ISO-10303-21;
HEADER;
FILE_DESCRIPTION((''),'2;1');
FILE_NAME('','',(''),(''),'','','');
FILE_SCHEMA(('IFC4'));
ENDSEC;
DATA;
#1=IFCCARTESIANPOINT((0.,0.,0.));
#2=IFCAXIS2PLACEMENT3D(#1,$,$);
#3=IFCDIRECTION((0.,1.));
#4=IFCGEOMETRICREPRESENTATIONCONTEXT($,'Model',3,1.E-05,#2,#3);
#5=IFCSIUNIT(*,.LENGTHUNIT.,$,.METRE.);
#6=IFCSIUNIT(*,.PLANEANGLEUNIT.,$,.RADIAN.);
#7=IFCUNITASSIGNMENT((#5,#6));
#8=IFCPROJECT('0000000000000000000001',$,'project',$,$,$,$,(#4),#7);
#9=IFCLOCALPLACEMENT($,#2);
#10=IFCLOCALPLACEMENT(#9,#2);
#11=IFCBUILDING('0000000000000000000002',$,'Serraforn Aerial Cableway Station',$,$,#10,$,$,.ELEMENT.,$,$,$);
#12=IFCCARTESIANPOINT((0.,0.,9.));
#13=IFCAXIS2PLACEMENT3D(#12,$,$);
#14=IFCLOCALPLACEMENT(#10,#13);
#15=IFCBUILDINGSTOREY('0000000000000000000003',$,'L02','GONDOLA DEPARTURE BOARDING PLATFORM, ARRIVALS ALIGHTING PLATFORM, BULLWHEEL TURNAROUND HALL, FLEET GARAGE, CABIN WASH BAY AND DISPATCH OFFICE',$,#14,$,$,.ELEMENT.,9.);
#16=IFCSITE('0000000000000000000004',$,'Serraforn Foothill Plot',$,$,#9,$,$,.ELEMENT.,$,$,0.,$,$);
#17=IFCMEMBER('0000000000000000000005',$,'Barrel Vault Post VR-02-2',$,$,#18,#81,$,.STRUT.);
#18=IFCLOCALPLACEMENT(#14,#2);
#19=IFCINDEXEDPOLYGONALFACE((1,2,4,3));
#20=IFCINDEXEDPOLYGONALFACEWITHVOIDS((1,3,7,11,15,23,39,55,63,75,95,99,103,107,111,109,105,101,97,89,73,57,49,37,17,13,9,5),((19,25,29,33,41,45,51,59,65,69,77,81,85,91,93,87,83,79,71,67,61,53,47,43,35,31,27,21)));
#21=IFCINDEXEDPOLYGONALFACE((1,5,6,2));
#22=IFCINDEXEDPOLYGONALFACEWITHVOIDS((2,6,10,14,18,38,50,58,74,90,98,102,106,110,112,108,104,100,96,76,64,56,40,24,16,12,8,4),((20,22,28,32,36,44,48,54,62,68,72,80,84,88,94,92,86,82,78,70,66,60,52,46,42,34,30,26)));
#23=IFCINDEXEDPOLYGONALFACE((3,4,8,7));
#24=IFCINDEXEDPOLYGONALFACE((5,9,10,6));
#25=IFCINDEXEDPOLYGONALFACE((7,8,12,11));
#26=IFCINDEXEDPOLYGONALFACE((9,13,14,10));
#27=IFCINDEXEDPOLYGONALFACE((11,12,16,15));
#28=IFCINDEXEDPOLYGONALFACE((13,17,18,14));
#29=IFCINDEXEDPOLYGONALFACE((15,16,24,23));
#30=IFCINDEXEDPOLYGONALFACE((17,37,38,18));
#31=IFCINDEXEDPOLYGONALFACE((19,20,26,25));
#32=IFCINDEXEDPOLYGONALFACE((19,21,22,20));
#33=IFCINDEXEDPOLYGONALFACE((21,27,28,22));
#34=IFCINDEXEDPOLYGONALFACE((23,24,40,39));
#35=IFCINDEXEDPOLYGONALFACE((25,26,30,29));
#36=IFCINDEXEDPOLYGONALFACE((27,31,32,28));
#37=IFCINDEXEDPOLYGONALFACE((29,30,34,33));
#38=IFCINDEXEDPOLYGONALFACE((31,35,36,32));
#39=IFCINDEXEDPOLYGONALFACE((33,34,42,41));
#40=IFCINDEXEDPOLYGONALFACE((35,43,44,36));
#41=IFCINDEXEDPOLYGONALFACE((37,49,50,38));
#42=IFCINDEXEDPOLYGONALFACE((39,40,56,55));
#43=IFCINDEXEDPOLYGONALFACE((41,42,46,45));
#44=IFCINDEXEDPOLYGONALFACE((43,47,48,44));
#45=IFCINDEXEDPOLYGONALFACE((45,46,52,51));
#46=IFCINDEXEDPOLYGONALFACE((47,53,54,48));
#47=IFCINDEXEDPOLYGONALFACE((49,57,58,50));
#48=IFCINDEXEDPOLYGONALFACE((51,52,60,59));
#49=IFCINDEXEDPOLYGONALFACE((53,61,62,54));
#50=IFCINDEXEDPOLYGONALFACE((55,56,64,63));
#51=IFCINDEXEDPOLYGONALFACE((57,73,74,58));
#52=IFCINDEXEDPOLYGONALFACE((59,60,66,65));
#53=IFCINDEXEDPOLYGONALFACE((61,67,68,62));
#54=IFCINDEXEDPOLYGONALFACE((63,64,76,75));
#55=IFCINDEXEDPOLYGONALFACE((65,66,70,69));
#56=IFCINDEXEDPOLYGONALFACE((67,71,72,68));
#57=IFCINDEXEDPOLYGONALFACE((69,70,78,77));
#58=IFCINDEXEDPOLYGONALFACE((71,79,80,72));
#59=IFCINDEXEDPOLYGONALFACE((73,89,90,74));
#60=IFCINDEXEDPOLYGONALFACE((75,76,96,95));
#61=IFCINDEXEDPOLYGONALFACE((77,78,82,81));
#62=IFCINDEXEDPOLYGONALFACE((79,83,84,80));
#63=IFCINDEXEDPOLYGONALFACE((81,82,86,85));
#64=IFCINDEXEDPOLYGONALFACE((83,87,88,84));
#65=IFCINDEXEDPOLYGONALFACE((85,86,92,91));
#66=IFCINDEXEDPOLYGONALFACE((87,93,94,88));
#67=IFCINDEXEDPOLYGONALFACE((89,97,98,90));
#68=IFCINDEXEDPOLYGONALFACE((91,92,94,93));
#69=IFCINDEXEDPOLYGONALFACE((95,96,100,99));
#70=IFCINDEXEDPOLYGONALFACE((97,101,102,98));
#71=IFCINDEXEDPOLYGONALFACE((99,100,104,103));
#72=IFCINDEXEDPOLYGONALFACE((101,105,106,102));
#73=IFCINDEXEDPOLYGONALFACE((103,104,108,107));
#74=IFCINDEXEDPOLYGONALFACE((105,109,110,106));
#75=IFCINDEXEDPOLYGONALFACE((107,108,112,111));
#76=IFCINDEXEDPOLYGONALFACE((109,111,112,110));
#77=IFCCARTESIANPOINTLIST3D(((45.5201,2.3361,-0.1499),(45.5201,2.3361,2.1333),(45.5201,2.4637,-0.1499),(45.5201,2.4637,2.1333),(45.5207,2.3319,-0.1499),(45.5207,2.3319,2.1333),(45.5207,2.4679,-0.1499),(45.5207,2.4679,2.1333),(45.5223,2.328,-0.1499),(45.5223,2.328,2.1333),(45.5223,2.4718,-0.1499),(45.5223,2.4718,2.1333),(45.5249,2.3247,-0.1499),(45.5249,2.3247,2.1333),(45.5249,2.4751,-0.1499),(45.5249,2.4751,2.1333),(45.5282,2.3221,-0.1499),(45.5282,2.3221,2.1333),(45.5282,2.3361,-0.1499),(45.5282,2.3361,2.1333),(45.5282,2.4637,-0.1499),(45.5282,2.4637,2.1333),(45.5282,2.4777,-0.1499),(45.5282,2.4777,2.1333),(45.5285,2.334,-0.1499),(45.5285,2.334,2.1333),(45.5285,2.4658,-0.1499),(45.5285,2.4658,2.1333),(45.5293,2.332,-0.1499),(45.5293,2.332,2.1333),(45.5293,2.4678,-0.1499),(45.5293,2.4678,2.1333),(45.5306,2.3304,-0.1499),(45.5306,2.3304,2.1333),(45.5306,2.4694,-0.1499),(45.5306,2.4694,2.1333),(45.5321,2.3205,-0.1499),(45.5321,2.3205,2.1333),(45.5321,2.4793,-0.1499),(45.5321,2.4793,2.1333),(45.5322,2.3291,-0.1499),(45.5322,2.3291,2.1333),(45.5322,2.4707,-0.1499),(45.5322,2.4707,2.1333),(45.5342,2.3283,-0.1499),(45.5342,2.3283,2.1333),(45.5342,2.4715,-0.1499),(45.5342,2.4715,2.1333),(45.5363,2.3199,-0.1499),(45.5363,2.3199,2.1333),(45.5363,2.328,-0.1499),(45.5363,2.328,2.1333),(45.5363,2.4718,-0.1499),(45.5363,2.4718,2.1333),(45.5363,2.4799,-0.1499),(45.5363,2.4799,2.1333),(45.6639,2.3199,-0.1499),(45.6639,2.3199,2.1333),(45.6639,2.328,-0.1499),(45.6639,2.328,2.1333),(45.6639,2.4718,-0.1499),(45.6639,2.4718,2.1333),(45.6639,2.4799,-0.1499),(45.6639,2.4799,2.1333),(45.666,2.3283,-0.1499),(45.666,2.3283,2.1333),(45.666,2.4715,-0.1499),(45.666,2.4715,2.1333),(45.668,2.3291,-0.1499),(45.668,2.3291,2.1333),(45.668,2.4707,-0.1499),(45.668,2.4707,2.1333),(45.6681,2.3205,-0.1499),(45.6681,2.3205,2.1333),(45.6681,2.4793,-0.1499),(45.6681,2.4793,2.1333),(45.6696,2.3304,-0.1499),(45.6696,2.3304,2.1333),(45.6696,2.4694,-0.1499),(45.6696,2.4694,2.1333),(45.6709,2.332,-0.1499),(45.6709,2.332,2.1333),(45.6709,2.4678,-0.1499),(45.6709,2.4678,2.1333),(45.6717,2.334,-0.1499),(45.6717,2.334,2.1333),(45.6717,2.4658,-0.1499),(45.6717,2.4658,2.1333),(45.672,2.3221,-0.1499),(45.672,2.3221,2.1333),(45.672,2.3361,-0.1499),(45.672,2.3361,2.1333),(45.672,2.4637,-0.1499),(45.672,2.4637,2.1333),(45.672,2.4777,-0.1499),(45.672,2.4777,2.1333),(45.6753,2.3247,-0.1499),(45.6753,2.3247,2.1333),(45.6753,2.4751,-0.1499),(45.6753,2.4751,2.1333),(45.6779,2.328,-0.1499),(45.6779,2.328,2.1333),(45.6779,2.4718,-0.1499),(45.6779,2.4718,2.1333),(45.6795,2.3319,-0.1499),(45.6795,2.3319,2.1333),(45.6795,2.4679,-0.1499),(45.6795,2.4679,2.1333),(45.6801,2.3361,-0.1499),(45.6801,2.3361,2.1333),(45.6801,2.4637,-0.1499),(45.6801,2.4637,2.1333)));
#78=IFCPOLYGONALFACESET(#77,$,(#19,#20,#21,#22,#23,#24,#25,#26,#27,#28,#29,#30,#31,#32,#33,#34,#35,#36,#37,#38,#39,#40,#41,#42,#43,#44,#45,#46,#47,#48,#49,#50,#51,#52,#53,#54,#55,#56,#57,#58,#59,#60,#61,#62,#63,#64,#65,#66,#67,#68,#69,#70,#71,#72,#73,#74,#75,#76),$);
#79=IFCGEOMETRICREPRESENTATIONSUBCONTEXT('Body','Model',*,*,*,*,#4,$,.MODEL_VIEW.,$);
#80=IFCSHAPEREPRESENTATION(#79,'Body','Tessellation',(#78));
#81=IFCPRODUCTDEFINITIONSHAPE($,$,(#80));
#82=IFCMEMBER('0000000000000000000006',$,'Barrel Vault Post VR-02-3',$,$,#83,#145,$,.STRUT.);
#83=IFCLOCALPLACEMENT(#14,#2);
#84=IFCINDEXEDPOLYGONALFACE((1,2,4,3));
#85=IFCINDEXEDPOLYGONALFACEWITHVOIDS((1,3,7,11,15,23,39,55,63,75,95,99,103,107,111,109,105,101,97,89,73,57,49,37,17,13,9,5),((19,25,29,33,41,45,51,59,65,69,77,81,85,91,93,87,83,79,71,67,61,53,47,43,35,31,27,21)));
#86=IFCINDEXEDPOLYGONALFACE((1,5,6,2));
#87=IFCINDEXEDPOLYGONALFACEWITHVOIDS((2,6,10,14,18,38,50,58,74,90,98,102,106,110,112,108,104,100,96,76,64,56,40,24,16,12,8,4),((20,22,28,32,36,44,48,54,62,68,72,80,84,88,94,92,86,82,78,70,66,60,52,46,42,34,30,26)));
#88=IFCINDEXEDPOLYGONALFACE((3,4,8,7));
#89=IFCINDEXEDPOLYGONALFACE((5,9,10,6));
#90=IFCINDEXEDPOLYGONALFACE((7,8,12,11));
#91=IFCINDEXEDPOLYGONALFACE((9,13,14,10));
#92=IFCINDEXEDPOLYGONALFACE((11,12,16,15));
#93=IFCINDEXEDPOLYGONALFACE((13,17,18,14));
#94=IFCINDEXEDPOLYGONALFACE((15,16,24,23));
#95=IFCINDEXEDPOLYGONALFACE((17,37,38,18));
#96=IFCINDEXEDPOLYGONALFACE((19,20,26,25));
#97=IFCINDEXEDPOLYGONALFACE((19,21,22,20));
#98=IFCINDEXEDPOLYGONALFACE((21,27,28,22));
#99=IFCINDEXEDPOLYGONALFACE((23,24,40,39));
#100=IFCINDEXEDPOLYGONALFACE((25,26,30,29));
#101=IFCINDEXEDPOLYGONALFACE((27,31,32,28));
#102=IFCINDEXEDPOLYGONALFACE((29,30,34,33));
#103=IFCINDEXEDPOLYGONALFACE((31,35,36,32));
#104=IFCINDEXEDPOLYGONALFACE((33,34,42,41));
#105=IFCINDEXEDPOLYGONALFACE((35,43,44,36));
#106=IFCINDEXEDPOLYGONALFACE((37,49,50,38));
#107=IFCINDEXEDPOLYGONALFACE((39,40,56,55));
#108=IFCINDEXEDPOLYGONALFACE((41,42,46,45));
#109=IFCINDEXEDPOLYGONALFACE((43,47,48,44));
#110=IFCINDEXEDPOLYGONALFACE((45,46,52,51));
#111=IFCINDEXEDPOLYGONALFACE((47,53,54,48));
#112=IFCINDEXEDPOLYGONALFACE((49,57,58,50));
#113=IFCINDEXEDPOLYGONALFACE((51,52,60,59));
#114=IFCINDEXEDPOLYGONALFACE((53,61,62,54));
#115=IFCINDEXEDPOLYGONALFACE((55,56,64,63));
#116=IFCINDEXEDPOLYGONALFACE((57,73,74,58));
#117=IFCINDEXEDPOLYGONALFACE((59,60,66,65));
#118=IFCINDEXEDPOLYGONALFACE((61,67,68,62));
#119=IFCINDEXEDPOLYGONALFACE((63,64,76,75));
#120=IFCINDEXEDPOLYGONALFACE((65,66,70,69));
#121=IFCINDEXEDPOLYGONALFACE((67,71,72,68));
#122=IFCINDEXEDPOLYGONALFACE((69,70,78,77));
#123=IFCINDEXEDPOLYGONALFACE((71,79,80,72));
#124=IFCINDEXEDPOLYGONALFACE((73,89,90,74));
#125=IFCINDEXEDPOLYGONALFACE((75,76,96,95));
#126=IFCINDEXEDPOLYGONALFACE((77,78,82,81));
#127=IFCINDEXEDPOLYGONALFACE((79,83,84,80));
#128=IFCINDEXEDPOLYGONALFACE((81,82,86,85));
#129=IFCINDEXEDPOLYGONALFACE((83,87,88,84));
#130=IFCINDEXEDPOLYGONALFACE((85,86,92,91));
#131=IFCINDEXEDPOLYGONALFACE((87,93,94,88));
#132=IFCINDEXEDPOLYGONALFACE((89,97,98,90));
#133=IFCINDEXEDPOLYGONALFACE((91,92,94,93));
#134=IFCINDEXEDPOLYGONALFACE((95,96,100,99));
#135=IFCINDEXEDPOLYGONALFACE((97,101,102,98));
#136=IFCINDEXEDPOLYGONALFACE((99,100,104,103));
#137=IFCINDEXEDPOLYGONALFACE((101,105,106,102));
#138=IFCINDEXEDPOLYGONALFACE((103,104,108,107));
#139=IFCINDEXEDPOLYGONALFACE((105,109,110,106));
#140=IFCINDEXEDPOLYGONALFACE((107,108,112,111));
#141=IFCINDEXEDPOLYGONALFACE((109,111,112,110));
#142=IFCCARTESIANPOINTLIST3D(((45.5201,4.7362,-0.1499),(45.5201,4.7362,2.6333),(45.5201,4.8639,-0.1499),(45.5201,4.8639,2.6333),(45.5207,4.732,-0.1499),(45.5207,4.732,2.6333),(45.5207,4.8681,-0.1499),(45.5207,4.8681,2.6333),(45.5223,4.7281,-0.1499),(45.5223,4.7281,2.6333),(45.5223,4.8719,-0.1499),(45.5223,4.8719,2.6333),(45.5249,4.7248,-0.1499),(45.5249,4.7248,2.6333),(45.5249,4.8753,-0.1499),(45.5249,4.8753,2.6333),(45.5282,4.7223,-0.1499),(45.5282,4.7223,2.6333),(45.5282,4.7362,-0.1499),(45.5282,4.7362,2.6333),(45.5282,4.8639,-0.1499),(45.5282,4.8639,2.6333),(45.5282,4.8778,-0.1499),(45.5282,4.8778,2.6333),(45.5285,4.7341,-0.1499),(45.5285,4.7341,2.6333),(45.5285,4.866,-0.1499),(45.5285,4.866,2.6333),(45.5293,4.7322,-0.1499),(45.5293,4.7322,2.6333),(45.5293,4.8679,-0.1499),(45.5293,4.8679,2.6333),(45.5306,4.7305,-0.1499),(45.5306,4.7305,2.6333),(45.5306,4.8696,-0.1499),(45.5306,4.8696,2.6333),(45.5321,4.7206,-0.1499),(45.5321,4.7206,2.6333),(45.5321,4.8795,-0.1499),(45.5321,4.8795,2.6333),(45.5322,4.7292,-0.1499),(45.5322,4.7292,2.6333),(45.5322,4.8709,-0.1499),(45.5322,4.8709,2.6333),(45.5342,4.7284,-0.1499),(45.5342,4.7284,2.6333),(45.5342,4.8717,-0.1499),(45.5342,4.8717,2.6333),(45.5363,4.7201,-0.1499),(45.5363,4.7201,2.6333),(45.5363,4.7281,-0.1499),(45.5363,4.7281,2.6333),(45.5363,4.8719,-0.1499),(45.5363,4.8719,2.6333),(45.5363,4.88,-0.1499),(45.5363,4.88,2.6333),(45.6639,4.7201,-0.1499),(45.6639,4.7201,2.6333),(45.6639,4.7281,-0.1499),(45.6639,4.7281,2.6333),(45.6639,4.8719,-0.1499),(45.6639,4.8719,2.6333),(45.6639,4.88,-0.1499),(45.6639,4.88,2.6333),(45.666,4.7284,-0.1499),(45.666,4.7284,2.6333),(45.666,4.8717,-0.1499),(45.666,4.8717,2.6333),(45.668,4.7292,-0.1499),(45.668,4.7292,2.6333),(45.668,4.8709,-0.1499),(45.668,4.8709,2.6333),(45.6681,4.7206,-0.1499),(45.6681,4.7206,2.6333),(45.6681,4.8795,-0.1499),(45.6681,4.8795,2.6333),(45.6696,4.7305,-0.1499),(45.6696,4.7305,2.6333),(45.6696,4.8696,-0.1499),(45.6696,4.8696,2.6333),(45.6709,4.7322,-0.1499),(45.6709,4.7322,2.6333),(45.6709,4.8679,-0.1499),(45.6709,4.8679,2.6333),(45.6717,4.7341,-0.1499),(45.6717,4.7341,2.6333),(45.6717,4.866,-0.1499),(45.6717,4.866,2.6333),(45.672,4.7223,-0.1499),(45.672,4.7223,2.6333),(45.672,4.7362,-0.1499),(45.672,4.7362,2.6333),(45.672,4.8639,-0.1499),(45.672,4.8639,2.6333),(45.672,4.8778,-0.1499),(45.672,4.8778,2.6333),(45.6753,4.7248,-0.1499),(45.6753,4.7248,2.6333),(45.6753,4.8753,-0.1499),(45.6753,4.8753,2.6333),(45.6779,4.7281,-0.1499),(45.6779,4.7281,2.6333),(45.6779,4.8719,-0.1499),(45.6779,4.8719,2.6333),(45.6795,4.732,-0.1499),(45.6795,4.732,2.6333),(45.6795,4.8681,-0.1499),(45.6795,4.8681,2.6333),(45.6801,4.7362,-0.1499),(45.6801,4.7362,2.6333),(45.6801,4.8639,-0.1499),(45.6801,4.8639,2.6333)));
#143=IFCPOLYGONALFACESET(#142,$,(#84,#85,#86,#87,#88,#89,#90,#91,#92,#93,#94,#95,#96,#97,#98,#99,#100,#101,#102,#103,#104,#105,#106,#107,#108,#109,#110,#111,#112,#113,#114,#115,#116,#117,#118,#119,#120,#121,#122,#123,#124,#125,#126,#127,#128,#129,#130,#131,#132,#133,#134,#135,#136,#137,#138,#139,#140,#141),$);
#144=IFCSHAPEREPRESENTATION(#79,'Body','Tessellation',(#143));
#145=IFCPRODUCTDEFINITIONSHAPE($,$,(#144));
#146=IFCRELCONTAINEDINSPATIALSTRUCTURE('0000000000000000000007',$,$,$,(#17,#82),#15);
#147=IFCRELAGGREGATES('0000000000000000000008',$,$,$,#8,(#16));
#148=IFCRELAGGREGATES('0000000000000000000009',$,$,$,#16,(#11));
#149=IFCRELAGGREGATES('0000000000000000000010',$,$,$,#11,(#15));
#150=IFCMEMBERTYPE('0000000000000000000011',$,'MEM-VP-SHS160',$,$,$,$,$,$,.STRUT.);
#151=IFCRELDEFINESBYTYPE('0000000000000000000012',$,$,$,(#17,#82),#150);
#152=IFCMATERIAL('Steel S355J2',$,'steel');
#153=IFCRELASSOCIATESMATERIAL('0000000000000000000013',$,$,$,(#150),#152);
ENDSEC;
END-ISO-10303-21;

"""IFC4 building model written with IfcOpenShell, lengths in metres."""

from ifc_helpers import new_model, si_unit, direction, frame, origin, origin_2d, place, context, subcontext, project, spatial, hollow_rectangle, extrude, material, material_profile, profile_set, type_object, element, save


model = new_model("IFC4")

# Units and contexts
model_context = context("Model", 3, precision=1e-05, world=origin(), true_north=direction((0.0, 1.0)))
body_context = subcontext(model_context, "Body", "Model", "MODEL_VIEW")
ifc_project = project(units=[si_unit("LENGTHUNIT", "METRE"), si_unit("PLANEANGLEUNIT", "RADIAN")], contexts=[model_context])

# Site, building, storey
site_placement = place(None, origin())
site = spatial("IfcSite", under=ifc_project, at=site_placement, Name="Serraforn Foothill Plot", CompositionType="ELEMENT", RefElevation=0.0)
building_placement = place(site_placement, origin())
building = spatial("IfcBuilding", under=site, at=building_placement, Name="Serraforn Aerial Cableway Station", CompositionType="ELEMENT")
storey_placement = place(building_placement, frame((0.0, 0.0, 9.0)))
storey = spatial("IfcBuildingStorey", under=building, at=storey_placement, Name="L02", Description="GONDOLA DEPARTURE BOARDING PLATFORM, ARRIVALS ALIGHTING PLATFORM, BULLWHEEL TURNAROUND HALL, FLEET GARAGE, CABIN WASH BAY AND DISPATCH OFFICE", CompositionType="ELEMENT", Elevation=9.0)

# Members
ifc_material_1 = material(Name="Steel S355J2", Category="steel")
ifc_material_profile_1 = material_profile(ifc_material_1, hollow_rectangle(XDim=0.1599, YDim=0.1599, WallThickness=0.0081, InnerFilletRadius=0.0081, OuterFilletRadius=0.0161, at=origin_2d()), Name="SHS 160x160x8.0")
ifc_profile_set_1 = profile_set([ifc_material_profile_1], Name="Steel S355J2")
member_type_1 = type_object("IfcMemberType", Name="MEM-VP-SHS160", PredefinedType="STRUT", material=ifc_profile_set_1)
member_1_placement = place(storey_placement, frame((45.6001, 2.3999, -0.1499), z_axis=(0.0, 0.0, 1.0), x_axis=(1.0, 0.0, 0.0)))
element("IfcMember", 1, at=member_1_placement, inside=storey, type_object=member_type_1, Name="Barrel Vault Post VR-02-2", PredefinedType="STRUT", context=body_context, shape_type="SweptSolid", body=[
    extrude(hollow_rectangle(XDim=0.1599, YDim=0.1599, WallThickness=0.0081, InnerFilletRadius=0.0081, OuterFilletRadius=0.0161, at=origin_2d()), origin(), (0.0, 0.0, 1.0), 2.2832),
])
member_2_placement = place(storey_placement, frame((45.6001, 4.8, -0.1499), z_axis=(0.0, 0.0, 1.0), x_axis=(1.0, 0.0, 0.0)))
element("IfcMember", 2, at=member_2_placement, inside=storey, type_object=member_type_1, Name="Barrel Vault Post VR-02-3", PredefinedType="STRUT", context=body_context, shape_type="SweptSolid", body=[
    extrude(hollow_rectangle(XDim=0.1599, YDim=0.1599, WallThickness=0.0081, InnerFilletRadius=0.0081, OuterFilletRadius=0.0161, at=origin_2d()), origin(), (0.0, 0.0, 1.0), 2.7832),
])

save(model, "model.ifc")
